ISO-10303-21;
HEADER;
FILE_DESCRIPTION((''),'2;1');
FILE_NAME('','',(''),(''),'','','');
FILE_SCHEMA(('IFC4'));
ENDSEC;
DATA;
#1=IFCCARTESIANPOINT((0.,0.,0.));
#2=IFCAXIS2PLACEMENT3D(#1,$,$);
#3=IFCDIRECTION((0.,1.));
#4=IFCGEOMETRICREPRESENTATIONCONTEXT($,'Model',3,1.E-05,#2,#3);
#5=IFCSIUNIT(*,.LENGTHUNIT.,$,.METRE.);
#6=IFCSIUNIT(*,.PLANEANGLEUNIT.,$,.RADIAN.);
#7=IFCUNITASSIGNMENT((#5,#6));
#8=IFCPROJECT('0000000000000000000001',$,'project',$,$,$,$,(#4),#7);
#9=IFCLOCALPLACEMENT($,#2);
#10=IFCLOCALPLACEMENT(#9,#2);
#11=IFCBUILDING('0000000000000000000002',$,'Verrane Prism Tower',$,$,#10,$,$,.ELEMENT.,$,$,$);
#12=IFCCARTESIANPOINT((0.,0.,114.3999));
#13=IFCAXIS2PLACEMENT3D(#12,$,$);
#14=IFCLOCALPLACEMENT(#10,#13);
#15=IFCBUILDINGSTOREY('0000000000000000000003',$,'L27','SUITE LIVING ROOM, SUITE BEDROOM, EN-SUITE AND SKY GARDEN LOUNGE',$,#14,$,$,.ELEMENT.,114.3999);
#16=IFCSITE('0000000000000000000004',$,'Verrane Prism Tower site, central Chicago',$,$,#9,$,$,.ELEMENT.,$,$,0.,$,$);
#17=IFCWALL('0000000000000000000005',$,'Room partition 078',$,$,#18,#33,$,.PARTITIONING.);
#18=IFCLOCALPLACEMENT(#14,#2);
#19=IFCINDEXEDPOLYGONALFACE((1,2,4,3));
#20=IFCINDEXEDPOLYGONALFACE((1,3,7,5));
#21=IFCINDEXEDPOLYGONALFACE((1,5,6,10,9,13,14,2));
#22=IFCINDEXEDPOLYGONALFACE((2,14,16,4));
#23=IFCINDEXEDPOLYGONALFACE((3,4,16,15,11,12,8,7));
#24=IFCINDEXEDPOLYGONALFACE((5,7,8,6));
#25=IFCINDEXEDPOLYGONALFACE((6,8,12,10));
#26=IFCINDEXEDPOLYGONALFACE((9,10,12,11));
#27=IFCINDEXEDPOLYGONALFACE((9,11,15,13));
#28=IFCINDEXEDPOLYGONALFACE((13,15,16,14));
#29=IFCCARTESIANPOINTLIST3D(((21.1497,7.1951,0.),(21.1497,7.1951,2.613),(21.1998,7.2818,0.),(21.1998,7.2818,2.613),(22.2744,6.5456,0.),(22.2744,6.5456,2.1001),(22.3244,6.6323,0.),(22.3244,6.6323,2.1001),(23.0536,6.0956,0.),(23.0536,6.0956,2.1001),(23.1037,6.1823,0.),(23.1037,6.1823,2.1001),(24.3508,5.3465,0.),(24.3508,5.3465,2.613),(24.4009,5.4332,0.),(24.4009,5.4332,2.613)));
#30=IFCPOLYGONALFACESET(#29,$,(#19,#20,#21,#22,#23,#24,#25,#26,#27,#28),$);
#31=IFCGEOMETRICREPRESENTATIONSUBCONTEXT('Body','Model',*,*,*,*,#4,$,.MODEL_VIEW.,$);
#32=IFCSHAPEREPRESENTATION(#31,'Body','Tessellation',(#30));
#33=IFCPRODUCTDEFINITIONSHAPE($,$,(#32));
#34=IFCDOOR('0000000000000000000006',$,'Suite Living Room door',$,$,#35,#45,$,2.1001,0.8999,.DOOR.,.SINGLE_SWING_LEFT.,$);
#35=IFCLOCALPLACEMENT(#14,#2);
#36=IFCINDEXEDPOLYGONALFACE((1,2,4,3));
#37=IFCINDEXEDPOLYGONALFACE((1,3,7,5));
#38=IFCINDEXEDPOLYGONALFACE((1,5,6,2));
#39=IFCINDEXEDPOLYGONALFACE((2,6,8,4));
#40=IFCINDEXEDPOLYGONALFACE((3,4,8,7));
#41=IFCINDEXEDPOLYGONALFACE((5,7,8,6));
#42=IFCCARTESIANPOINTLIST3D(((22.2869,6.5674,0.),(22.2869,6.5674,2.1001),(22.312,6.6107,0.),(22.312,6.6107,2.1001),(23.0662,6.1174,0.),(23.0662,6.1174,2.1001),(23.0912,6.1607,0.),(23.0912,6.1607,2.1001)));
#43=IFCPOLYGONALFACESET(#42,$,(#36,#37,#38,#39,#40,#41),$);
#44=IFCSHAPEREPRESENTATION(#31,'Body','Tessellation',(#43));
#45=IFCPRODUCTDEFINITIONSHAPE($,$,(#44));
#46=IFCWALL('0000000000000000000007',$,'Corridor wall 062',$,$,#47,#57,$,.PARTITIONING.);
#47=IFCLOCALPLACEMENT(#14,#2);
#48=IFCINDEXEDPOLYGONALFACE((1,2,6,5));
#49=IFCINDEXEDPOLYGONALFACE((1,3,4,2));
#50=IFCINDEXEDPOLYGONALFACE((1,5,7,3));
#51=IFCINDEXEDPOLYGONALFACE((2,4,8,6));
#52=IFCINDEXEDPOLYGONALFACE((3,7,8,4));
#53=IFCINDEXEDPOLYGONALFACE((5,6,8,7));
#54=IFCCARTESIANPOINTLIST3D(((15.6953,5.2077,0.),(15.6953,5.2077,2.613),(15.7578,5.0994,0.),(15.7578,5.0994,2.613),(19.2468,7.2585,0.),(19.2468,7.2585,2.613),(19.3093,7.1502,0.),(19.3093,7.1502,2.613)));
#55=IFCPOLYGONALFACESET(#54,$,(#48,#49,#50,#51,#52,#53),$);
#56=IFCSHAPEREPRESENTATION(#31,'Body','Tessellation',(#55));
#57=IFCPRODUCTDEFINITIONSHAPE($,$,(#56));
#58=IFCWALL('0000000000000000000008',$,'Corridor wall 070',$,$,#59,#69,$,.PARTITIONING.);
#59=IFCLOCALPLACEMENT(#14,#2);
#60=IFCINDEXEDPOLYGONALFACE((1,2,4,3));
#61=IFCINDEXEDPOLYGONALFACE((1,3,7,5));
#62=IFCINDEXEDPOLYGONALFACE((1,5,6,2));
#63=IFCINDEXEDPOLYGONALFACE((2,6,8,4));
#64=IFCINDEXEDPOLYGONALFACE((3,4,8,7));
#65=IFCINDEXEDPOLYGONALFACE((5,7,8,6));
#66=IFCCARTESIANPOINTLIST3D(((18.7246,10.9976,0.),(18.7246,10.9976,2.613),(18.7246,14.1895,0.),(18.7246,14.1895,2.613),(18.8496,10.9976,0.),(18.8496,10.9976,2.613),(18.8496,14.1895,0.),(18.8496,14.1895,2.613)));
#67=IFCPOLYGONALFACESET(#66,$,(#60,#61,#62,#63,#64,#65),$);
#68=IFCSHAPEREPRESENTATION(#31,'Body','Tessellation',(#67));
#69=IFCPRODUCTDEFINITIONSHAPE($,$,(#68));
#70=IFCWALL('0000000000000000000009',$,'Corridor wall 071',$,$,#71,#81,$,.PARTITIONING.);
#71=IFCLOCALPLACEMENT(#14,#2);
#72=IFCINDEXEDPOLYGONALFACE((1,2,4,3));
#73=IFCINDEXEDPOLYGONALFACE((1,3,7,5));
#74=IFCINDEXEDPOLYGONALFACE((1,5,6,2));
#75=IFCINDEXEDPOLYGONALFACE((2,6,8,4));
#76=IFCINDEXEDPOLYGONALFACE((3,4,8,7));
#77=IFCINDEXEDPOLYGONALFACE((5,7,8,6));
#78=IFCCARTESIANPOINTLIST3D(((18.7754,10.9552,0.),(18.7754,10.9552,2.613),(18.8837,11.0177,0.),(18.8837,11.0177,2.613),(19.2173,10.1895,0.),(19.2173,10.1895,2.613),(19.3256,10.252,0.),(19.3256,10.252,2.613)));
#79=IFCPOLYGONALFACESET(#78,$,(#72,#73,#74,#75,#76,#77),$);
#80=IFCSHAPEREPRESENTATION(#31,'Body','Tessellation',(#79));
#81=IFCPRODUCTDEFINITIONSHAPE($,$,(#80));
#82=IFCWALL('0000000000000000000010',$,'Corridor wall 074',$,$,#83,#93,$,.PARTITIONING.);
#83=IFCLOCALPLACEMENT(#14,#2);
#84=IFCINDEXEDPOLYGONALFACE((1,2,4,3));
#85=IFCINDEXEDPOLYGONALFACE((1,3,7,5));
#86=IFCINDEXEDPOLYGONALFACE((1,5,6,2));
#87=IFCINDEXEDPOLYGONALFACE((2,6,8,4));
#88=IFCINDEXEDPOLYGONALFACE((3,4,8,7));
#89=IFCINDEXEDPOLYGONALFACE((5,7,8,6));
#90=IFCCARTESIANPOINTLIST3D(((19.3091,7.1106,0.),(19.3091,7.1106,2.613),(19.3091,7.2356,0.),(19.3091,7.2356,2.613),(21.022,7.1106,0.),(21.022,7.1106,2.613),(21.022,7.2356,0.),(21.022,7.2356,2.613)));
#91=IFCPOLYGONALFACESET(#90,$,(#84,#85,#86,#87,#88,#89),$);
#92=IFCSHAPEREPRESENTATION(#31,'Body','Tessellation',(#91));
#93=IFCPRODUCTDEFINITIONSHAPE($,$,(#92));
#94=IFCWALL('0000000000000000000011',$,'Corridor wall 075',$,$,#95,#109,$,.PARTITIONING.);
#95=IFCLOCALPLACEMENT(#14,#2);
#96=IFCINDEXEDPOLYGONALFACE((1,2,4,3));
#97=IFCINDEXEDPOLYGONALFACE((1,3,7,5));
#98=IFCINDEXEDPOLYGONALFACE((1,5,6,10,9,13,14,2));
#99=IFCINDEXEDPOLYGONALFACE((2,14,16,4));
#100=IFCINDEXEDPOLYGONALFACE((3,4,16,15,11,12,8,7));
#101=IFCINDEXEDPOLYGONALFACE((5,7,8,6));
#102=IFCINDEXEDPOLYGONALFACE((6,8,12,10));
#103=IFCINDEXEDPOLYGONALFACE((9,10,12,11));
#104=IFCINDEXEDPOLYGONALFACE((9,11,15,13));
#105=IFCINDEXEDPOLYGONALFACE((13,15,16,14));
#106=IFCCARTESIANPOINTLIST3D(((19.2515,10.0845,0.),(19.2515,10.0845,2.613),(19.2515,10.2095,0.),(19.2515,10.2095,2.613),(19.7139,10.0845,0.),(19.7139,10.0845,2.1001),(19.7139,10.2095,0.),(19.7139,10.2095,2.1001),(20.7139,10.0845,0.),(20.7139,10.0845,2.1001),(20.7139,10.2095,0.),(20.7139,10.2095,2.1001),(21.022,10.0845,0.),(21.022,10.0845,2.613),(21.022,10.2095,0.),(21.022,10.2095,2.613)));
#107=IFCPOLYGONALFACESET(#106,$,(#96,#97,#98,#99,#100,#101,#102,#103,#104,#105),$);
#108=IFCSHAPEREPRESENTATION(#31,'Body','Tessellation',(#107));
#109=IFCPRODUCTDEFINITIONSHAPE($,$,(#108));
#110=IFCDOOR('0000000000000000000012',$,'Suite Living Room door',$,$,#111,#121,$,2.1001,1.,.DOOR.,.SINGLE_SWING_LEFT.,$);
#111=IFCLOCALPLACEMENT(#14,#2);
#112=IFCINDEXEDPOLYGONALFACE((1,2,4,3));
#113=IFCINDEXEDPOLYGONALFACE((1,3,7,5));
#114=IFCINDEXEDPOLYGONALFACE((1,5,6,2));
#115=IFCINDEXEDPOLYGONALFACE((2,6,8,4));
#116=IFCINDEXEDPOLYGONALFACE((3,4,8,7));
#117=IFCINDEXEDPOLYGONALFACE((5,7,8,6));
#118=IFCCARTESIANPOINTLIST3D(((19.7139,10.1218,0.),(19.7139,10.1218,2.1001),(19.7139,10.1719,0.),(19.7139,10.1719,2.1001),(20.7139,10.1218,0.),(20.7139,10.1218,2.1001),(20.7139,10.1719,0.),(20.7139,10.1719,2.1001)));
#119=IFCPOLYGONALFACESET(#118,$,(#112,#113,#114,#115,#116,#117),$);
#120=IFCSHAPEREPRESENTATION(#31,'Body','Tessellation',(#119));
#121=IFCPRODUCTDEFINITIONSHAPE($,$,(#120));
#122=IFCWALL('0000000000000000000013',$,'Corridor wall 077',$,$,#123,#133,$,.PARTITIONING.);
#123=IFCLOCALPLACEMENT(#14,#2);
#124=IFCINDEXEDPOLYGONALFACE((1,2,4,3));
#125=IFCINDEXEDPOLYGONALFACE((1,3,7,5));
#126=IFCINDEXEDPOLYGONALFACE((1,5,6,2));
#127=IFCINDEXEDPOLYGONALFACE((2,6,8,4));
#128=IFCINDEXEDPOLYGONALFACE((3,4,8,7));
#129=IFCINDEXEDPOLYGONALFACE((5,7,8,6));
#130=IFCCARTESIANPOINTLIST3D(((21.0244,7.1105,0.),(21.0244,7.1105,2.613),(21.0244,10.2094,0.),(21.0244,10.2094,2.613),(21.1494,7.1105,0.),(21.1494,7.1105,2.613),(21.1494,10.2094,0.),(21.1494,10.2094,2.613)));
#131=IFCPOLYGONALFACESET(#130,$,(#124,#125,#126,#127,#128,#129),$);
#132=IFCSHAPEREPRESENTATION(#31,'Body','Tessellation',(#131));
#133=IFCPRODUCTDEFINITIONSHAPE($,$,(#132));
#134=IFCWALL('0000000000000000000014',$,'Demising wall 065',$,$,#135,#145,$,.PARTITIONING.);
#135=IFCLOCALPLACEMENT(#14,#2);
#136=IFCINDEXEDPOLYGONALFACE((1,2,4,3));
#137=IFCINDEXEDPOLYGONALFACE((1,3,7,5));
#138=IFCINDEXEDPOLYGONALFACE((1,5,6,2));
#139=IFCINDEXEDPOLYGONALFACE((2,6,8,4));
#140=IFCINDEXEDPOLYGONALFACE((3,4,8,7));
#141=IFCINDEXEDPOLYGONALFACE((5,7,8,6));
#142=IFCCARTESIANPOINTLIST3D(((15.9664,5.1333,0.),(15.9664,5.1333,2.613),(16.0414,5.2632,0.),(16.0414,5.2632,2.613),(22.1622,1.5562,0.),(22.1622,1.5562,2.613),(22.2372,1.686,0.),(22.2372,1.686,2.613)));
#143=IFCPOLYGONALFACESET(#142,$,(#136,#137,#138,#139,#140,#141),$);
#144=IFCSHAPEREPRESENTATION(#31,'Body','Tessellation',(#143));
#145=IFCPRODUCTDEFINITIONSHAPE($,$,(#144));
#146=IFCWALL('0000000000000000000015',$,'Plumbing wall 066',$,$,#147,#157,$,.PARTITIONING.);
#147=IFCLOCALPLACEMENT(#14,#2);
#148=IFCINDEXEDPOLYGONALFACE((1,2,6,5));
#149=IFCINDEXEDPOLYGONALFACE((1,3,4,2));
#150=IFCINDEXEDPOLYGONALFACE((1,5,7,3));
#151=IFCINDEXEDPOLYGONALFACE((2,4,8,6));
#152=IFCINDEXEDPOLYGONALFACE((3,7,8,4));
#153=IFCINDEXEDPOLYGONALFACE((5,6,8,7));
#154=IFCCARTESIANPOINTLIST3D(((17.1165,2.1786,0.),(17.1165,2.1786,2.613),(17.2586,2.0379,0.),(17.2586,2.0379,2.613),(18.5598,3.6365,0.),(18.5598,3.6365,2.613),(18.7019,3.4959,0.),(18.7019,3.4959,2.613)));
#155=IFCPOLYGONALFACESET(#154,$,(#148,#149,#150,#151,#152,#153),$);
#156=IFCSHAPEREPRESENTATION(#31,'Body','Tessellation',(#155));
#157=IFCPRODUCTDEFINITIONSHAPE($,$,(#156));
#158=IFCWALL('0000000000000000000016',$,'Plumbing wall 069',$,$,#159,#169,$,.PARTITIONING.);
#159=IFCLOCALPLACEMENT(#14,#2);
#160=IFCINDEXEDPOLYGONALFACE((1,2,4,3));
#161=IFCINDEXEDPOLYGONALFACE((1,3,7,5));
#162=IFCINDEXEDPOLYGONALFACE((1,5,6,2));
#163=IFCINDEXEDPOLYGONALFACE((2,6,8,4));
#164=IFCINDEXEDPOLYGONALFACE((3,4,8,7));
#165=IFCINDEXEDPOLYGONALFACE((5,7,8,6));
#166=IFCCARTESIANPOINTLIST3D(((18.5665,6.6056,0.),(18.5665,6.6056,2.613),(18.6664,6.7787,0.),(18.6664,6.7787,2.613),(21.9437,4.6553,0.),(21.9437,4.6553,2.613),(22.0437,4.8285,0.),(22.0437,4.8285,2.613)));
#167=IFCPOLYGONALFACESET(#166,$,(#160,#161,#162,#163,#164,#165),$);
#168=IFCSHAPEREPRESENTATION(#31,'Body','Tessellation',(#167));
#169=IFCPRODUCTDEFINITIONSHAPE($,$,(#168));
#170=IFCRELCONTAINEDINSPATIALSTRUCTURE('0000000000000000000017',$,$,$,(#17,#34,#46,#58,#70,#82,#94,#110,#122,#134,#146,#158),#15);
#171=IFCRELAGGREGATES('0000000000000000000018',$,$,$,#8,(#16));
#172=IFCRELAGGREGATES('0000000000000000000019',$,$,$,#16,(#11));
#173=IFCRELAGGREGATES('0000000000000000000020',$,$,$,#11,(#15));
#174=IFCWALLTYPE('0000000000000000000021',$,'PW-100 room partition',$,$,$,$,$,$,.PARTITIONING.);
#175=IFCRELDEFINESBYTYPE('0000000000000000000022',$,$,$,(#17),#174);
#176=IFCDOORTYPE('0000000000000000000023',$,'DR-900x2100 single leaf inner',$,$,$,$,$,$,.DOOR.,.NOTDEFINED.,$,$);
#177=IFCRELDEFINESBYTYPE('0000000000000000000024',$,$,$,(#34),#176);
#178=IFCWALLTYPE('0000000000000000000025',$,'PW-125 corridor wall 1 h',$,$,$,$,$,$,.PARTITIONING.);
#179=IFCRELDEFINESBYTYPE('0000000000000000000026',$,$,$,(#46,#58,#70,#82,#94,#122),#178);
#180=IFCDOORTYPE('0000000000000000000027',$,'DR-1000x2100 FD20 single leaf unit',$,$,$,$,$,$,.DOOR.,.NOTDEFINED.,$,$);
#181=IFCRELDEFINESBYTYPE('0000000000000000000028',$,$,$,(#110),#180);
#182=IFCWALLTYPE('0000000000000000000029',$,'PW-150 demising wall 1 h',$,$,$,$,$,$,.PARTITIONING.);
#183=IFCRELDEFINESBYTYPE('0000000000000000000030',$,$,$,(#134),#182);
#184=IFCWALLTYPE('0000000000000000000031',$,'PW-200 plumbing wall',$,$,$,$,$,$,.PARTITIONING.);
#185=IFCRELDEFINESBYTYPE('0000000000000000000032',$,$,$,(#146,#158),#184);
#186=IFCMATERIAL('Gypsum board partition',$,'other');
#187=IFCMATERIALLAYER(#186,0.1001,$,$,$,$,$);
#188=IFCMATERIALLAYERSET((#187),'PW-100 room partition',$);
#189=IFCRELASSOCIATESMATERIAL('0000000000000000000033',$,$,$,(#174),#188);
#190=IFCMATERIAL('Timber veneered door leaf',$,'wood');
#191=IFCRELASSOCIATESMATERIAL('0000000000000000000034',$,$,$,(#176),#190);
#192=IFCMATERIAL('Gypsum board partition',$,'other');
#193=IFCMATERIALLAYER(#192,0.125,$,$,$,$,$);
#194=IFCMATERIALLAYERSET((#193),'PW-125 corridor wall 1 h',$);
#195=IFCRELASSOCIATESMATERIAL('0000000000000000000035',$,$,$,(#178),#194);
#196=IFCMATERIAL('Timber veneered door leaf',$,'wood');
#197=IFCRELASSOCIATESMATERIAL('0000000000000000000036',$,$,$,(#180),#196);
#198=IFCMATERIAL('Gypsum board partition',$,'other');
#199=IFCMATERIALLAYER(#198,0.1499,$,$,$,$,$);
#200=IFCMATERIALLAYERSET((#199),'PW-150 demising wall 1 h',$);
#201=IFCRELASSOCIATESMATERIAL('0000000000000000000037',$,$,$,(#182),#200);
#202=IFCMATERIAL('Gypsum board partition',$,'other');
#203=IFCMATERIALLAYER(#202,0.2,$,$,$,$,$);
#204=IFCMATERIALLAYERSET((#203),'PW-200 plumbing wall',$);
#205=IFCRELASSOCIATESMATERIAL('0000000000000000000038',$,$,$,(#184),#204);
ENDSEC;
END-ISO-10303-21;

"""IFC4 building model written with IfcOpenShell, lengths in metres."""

from ifc_helpers import new_model, si_unit, direction, frame, frame_2d, origin, place, context, subcontext, project, spatial, rectangle, extrude, material, layer, layer_set, type_object, element, fill, save


model = new_model("IFC4")

# Units and contexts
model_context = context("Model", 3, precision=1e-05, world=origin(), true_north=direction((0.0, 1.0)))
body_context = subcontext(model_context, "Body", "Model", "MODEL_VIEW")
ifc_project = project(units=[si_unit("LENGTHUNIT", "METRE"), si_unit("PLANEANGLEUNIT", "RADIAN")], contexts=[model_context])

# Site, building, storey
site_placement = place(None, origin())
site = spatial("IfcSite", under=ifc_project, at=site_placement, Name="Verrane Prism Tower site, central Chicago", CompositionType="ELEMENT", RefElevation=0.0)
building_placement = place(site_placement, origin())
building = spatial("IfcBuilding", under=site, at=building_placement, Name="Verrane Prism Tower", CompositionType="ELEMENT")
storey_placement = place(building_placement, frame((0.0, 0.0, 114.3999)))
storey = spatial("IfcBuildingStorey", under=building, at=storey_placement, Name="L27", Description="SUITE LIVING ROOM, SUITE BEDROOM, EN-SUITE AND SKY GARDEN LOUNGE", CompositionType="ELEMENT", Elevation=114.3999)

# Wall, opening, door
ifc_material_1 = material(Name="Gypsum board partition", Category="other")
ifc_layer_1 = layer(ifc_material_1, 0.1001)
ifc_layer_set_1 = layer_set([ifc_layer_1], Name="PW-100 room partition")
wall_type_1 = type_object("IfcWallType", Name="PW-100 room partition", PredefinedType="PARTITIONING", material=ifc_layer_set_1)
wall_1_placement = place(storey_placement, frame((24.3757, 5.3899, 0.0), z_axis=(0.0, 0.0, 1.0), x_axis=(-0.865974, 0.500088, 0.0)))
wall_1 = element("IfcWall", 1, at=wall_1_placement, inside=storey, type_object=wall_type_1, Name="Room partition 078", PredefinedType="PARTITIONING", context=body_context, shape_type="SweptSolid", body=[
    extrude(rectangle(XDim=3.6965, YDim=0.1001, at=frame_2d((1.8481, 0.0))), origin(), (0.0, 0.0, 1.0), 2.613),
])
opening_1_placement = place(wall_1_placement, frame((1.4978, 0.0, 0.0)))
opening_1 = element("IfcOpeningElement", 2, at=opening_1_placement, cuts=wall_1, PredefinedType="OPENING", context=body_context, shape_type="SweptSolid", body=[
    extrude(rectangle(XDim=0.8999, YDim=2.1001, at=frame_2d((0.45, 1.05))), frame((0.0, 0.0601, 0.0), z_axis=(0.0, -1.0, 0.0), x_axis=(1.0, 0.0, 0.0)), (0.0, 0.0, 1.0), 0.1201),
])
ifc_material_2 = material(Name="Timber veneered door leaf", Category="wood")
door_type_1 = type_object("IfcDoorType", Name="DR-900x2100 single leaf inner", OperationType="NOTDEFINED", PredefinedType="DOOR", material=ifc_material_2)
door_1_placement = place(opening_1_placement, origin())
door_1 = element("IfcDoor", 3, at=door_1_placement, inside=storey, type_object=door_type_1, Name="Suite Living Room door", OperationType="SINGLE_SWING_LEFT", OverallHeight=2.1001, OverallWidth=0.8999, PredefinedType="DOOR", context=body_context, shape_type="SweptSolid", body=[
    extrude(rectangle(XDim=0.8999, YDim=2.1001, at=frame_2d((0.45, 1.05))), frame((0.0, 0.0249, 0.0), z_axis=(0.0, -1.0, 0.0), x_axis=(1.0, 0.0, 0.0)), (0.0, 0.0, 1.0), 0.05),
])
fill(opening_1, door_1)

# Walls
ifc_material_3 = material(Name="Gypsum board partition", Category="other")
ifc_layer_2 = layer(ifc_material_3, 0.125)
ifc_layer_set_2 = layer_set([ifc_layer_2], Name="PW-125 corridor wall 1 h")
wall_type_2 = type_object("IfcWallType", Name="PW-125 corridor wall 1 h", PredefinedType="PARTITIONING", material=ifc_layer_set_2)
wall_2_placement = place(storey_placement, frame((15.7266, 5.1536, 0.0), z_axis=(0.0, 0.0, 1.0), x_axis=(0.865992, 0.500057, 0.0)))
element("IfcWall", 4, at=wall_2_placement, inside=storey, type_object=wall_type_2, Name="Corridor wall 062", PredefinedType="PARTITIONING", context=body_context, shape_type="SweptSolid", body=[
    extrude(rectangle(XDim=4.1011, YDim=0.125, at=frame_2d((2.0505, 0.0))), origin(), (0.0, 0.0, 1.0), 2.613),
])
wall_3_placement = place(storey_placement, frame((18.7871, 10.9976, 0.0), z_axis=(0.0, 0.0, 1.0), x_axis=(0.0, 1.0, 0.0)))
element("IfcWall", 5, at=wall_3_placement, inside=storey, type_object=wall_type_2, Name="Corridor wall 070", PredefinedType="PARTITIONING", context=body_context, shape_type="SweptSolid", body=[
    extrude(rectangle(XDim=3.1919, YDim=0.125, at=frame_2d((1.5959, 0.0))), origin(), (0.0, 0.0, 1.0), 2.613),
])
wall_4_placement = place(storey_placement, frame((18.8296, 10.9863, 0.0), z_axis=(0.0, 0.0, 1.0), x_axis=(0.499882, -0.866094, 0.0)))
element("IfcWall", 6, at=wall_4_placement, inside=storey, type_object=wall_type_2, Name="Corridor wall 071", PredefinedType="PARTITIONING", context=body_context, shape_type="SweptSolid", body=[
    extrude(rectangle(XDim=0.884, YDim=0.125, at=frame_2d((0.4419, 0.0))), origin(), (0.0, 0.0, 1.0), 2.613),
])
wall_5_placement = place(storey_placement, frame((19.3091, 7.1731, 0.0), z_axis=(0.0, 0.0, 1.0), x_axis=(1.0, 0.0, 0.0)))
element("IfcWall", 7, at=wall_5_placement, inside=storey, type_object=wall_type_2, Name="Corridor wall 074", PredefinedType="PARTITIONING", context=body_context, shape_type="SweptSolid", body=[
    extrude(rectangle(XDim=1.7129, YDim=0.125, at=frame_2d((0.8564, 0.0))), origin(), (0.0, 0.0, 1.0), 2.613),
])

# Wall, opening, door
wall_6_placement = place(storey_placement, frame((19.2515, 10.147, 0.0), z_axis=(0.0, 0.0, 1.0), x_axis=(1.0, 0.0, 0.0)))
wall_6 = element("IfcWall", 8, at=wall_6_placement, inside=storey, type_object=wall_type_2, Name="Corridor wall 075", PredefinedType="PARTITIONING", context=body_context, shape_type="SweptSolid", body=[
    extrude(rectangle(XDim=1.7705, YDim=0.125, at=frame_2d((0.8853, 0.0))), origin(), (0.0, 0.0, 1.0), 2.613),
])
opening_2_placement = place(wall_6_placement, frame((0.4624, 0.0, 0.0)))
opening_2 = element("IfcOpeningElement", 9, at=opening_2_placement, cuts=wall_6, PredefinedType="OPENING", context=body_context, shape_type="SweptSolid", body=[
    extrude(rectangle(XDim=1.0, YDim=2.1001, at=frame_2d((0.5, 1.05))), frame((0.0, 0.0725, 0.0), z_axis=(0.0, -1.0, 0.0), x_axis=(1.0, 0.0, 0.0)), (0.0, 0.0, 1.0), 0.145),
])
ifc_material_4 = material(Name="Timber veneered door leaf", Category="wood")
door_type_2 = type_object("IfcDoorType", Name="DR-1000x2100 FD20 single leaf unit", OperationType="NOTDEFINED", PredefinedType="DOOR", material=ifc_material_4)
door_2_placement = place(opening_2_placement, origin())
door_2 = element("IfcDoor", 10, at=door_2_placement, inside=storey, type_object=door_type_2, Name="Suite Living Room door", OperationType="SINGLE_SWING_LEFT", OverallHeight=2.1001, OverallWidth=1.0, PredefinedType="DOOR", context=body_context, shape_type="SweptSolid", body=[
    extrude(rectangle(XDim=1.0, YDim=2.1001, at=frame_2d((0.5, 1.05))), frame((0.0, 0.0249, 0.0), z_axis=(0.0, -1.0, 0.0), x_axis=(1.0, 0.0, 0.0)), (0.0, 0.0, 1.0), 0.05),
])
fill(opening_2, door_2)

# Walls
wall_7_placement = place(storey_placement, frame((21.0869, 7.1106, 0.0), z_axis=(0.0, 0.0, 1.0), x_axis=(0.0, 1.0, 0.0)))
element("IfcWall", 11, at=wall_7_placement, inside=storey, type_object=wall_type_2, Name="Corridor wall 077", PredefinedType="PARTITIONING", context=body_context, shape_type="SweptSolid", body=[
    extrude(rectangle(XDim=3.0989, YDim=0.125, at=frame_2d((1.5493, 0.0))), origin(), (0.0, 0.0, 1.0), 2.613),
])
ifc_material_5 = material(Name="Gypsum board partition", Category="other")
ifc_layer_3 = layer(ifc_material_5, 0.1499)
ifc_layer_set_3 = layer_set([ifc_layer_3], Name="PW-150 demising wall 1 h")
wall_type_3 = type_object("IfcWallType", Name="PW-150 demising wall 1 h", PredefinedType="PARTITIONING", material=ifc_layer_set_3)
wall_8_placement = place(storey_placement, frame((16.0039, 5.1982, 0.0), z_axis=(0.0, 0.0, 1.0), x_axis=(0.866025, -0.5, 0.0)))
element("IfcWall", 12, at=wall_8_placement, inside=storey, type_object=wall_type_3, Name="Demising wall 065", PredefinedType="PARTITIONING", context=body_context, shape_type="SweptSolid", body=[
    extrude(rectangle(XDim=7.1543, YDim=0.1499, at=frame_2d((3.5771, 0.0))), origin(), (0.0, 0.0, 1.0), 2.613),
])
ifc_material_6 = material(Name="Gypsum board partition", Category="other")
ifc_layer_4 = layer(ifc_material_6, 0.2)
ifc_layer_set_4 = layer_set([ifc_layer_4], Name="PW-200 plumbing wall")
wall_type_4 = type_object("IfcWallType", Name="PW-200 plumbing wall", PredefinedType="PARTITIONING", material=ifc_layer_set_4)
wall_9_placement = place(storey_placement, frame((17.1875, 2.1082, 0.0), z_axis=(0.0, 0.0, 1.0), x_axis=(0.703528, 0.710668, 0.0)))
element("IfcWall", 13, at=wall_9_placement, inside=storey, type_object=wall_type_4, Name="Plumbing wall 066", PredefinedType="PARTITIONING", context=body_context, shape_type="SweptSolid", body=[
    extrude(rectangle(XDim=2.0515, YDim=0.2, at=frame_2d((1.0259, 0.0))), origin(), (0.0, 0.0, 1.0), 2.613),
])
wall_10_placement = place(storey_placement, frame((18.6165, 6.6921, 0.0), z_axis=(0.0, 0.0, 1.0), x_axis=(0.865984, -0.500071, 0.0)))
element("IfcWall", 14, at=wall_10_placement, inside=storey, type_object=wall_type_4, Name="Plumbing wall 069", PredefinedType="PARTITIONING", context=body_context, shape_type="SweptSolid", body=[
    extrude(rectangle(XDim=3.8999, YDim=0.2, at=frame_2d((1.95, 0.0))), origin(), (0.0, 0.0, 1.0), 2.613),
])

save(model, "model.ifc")
